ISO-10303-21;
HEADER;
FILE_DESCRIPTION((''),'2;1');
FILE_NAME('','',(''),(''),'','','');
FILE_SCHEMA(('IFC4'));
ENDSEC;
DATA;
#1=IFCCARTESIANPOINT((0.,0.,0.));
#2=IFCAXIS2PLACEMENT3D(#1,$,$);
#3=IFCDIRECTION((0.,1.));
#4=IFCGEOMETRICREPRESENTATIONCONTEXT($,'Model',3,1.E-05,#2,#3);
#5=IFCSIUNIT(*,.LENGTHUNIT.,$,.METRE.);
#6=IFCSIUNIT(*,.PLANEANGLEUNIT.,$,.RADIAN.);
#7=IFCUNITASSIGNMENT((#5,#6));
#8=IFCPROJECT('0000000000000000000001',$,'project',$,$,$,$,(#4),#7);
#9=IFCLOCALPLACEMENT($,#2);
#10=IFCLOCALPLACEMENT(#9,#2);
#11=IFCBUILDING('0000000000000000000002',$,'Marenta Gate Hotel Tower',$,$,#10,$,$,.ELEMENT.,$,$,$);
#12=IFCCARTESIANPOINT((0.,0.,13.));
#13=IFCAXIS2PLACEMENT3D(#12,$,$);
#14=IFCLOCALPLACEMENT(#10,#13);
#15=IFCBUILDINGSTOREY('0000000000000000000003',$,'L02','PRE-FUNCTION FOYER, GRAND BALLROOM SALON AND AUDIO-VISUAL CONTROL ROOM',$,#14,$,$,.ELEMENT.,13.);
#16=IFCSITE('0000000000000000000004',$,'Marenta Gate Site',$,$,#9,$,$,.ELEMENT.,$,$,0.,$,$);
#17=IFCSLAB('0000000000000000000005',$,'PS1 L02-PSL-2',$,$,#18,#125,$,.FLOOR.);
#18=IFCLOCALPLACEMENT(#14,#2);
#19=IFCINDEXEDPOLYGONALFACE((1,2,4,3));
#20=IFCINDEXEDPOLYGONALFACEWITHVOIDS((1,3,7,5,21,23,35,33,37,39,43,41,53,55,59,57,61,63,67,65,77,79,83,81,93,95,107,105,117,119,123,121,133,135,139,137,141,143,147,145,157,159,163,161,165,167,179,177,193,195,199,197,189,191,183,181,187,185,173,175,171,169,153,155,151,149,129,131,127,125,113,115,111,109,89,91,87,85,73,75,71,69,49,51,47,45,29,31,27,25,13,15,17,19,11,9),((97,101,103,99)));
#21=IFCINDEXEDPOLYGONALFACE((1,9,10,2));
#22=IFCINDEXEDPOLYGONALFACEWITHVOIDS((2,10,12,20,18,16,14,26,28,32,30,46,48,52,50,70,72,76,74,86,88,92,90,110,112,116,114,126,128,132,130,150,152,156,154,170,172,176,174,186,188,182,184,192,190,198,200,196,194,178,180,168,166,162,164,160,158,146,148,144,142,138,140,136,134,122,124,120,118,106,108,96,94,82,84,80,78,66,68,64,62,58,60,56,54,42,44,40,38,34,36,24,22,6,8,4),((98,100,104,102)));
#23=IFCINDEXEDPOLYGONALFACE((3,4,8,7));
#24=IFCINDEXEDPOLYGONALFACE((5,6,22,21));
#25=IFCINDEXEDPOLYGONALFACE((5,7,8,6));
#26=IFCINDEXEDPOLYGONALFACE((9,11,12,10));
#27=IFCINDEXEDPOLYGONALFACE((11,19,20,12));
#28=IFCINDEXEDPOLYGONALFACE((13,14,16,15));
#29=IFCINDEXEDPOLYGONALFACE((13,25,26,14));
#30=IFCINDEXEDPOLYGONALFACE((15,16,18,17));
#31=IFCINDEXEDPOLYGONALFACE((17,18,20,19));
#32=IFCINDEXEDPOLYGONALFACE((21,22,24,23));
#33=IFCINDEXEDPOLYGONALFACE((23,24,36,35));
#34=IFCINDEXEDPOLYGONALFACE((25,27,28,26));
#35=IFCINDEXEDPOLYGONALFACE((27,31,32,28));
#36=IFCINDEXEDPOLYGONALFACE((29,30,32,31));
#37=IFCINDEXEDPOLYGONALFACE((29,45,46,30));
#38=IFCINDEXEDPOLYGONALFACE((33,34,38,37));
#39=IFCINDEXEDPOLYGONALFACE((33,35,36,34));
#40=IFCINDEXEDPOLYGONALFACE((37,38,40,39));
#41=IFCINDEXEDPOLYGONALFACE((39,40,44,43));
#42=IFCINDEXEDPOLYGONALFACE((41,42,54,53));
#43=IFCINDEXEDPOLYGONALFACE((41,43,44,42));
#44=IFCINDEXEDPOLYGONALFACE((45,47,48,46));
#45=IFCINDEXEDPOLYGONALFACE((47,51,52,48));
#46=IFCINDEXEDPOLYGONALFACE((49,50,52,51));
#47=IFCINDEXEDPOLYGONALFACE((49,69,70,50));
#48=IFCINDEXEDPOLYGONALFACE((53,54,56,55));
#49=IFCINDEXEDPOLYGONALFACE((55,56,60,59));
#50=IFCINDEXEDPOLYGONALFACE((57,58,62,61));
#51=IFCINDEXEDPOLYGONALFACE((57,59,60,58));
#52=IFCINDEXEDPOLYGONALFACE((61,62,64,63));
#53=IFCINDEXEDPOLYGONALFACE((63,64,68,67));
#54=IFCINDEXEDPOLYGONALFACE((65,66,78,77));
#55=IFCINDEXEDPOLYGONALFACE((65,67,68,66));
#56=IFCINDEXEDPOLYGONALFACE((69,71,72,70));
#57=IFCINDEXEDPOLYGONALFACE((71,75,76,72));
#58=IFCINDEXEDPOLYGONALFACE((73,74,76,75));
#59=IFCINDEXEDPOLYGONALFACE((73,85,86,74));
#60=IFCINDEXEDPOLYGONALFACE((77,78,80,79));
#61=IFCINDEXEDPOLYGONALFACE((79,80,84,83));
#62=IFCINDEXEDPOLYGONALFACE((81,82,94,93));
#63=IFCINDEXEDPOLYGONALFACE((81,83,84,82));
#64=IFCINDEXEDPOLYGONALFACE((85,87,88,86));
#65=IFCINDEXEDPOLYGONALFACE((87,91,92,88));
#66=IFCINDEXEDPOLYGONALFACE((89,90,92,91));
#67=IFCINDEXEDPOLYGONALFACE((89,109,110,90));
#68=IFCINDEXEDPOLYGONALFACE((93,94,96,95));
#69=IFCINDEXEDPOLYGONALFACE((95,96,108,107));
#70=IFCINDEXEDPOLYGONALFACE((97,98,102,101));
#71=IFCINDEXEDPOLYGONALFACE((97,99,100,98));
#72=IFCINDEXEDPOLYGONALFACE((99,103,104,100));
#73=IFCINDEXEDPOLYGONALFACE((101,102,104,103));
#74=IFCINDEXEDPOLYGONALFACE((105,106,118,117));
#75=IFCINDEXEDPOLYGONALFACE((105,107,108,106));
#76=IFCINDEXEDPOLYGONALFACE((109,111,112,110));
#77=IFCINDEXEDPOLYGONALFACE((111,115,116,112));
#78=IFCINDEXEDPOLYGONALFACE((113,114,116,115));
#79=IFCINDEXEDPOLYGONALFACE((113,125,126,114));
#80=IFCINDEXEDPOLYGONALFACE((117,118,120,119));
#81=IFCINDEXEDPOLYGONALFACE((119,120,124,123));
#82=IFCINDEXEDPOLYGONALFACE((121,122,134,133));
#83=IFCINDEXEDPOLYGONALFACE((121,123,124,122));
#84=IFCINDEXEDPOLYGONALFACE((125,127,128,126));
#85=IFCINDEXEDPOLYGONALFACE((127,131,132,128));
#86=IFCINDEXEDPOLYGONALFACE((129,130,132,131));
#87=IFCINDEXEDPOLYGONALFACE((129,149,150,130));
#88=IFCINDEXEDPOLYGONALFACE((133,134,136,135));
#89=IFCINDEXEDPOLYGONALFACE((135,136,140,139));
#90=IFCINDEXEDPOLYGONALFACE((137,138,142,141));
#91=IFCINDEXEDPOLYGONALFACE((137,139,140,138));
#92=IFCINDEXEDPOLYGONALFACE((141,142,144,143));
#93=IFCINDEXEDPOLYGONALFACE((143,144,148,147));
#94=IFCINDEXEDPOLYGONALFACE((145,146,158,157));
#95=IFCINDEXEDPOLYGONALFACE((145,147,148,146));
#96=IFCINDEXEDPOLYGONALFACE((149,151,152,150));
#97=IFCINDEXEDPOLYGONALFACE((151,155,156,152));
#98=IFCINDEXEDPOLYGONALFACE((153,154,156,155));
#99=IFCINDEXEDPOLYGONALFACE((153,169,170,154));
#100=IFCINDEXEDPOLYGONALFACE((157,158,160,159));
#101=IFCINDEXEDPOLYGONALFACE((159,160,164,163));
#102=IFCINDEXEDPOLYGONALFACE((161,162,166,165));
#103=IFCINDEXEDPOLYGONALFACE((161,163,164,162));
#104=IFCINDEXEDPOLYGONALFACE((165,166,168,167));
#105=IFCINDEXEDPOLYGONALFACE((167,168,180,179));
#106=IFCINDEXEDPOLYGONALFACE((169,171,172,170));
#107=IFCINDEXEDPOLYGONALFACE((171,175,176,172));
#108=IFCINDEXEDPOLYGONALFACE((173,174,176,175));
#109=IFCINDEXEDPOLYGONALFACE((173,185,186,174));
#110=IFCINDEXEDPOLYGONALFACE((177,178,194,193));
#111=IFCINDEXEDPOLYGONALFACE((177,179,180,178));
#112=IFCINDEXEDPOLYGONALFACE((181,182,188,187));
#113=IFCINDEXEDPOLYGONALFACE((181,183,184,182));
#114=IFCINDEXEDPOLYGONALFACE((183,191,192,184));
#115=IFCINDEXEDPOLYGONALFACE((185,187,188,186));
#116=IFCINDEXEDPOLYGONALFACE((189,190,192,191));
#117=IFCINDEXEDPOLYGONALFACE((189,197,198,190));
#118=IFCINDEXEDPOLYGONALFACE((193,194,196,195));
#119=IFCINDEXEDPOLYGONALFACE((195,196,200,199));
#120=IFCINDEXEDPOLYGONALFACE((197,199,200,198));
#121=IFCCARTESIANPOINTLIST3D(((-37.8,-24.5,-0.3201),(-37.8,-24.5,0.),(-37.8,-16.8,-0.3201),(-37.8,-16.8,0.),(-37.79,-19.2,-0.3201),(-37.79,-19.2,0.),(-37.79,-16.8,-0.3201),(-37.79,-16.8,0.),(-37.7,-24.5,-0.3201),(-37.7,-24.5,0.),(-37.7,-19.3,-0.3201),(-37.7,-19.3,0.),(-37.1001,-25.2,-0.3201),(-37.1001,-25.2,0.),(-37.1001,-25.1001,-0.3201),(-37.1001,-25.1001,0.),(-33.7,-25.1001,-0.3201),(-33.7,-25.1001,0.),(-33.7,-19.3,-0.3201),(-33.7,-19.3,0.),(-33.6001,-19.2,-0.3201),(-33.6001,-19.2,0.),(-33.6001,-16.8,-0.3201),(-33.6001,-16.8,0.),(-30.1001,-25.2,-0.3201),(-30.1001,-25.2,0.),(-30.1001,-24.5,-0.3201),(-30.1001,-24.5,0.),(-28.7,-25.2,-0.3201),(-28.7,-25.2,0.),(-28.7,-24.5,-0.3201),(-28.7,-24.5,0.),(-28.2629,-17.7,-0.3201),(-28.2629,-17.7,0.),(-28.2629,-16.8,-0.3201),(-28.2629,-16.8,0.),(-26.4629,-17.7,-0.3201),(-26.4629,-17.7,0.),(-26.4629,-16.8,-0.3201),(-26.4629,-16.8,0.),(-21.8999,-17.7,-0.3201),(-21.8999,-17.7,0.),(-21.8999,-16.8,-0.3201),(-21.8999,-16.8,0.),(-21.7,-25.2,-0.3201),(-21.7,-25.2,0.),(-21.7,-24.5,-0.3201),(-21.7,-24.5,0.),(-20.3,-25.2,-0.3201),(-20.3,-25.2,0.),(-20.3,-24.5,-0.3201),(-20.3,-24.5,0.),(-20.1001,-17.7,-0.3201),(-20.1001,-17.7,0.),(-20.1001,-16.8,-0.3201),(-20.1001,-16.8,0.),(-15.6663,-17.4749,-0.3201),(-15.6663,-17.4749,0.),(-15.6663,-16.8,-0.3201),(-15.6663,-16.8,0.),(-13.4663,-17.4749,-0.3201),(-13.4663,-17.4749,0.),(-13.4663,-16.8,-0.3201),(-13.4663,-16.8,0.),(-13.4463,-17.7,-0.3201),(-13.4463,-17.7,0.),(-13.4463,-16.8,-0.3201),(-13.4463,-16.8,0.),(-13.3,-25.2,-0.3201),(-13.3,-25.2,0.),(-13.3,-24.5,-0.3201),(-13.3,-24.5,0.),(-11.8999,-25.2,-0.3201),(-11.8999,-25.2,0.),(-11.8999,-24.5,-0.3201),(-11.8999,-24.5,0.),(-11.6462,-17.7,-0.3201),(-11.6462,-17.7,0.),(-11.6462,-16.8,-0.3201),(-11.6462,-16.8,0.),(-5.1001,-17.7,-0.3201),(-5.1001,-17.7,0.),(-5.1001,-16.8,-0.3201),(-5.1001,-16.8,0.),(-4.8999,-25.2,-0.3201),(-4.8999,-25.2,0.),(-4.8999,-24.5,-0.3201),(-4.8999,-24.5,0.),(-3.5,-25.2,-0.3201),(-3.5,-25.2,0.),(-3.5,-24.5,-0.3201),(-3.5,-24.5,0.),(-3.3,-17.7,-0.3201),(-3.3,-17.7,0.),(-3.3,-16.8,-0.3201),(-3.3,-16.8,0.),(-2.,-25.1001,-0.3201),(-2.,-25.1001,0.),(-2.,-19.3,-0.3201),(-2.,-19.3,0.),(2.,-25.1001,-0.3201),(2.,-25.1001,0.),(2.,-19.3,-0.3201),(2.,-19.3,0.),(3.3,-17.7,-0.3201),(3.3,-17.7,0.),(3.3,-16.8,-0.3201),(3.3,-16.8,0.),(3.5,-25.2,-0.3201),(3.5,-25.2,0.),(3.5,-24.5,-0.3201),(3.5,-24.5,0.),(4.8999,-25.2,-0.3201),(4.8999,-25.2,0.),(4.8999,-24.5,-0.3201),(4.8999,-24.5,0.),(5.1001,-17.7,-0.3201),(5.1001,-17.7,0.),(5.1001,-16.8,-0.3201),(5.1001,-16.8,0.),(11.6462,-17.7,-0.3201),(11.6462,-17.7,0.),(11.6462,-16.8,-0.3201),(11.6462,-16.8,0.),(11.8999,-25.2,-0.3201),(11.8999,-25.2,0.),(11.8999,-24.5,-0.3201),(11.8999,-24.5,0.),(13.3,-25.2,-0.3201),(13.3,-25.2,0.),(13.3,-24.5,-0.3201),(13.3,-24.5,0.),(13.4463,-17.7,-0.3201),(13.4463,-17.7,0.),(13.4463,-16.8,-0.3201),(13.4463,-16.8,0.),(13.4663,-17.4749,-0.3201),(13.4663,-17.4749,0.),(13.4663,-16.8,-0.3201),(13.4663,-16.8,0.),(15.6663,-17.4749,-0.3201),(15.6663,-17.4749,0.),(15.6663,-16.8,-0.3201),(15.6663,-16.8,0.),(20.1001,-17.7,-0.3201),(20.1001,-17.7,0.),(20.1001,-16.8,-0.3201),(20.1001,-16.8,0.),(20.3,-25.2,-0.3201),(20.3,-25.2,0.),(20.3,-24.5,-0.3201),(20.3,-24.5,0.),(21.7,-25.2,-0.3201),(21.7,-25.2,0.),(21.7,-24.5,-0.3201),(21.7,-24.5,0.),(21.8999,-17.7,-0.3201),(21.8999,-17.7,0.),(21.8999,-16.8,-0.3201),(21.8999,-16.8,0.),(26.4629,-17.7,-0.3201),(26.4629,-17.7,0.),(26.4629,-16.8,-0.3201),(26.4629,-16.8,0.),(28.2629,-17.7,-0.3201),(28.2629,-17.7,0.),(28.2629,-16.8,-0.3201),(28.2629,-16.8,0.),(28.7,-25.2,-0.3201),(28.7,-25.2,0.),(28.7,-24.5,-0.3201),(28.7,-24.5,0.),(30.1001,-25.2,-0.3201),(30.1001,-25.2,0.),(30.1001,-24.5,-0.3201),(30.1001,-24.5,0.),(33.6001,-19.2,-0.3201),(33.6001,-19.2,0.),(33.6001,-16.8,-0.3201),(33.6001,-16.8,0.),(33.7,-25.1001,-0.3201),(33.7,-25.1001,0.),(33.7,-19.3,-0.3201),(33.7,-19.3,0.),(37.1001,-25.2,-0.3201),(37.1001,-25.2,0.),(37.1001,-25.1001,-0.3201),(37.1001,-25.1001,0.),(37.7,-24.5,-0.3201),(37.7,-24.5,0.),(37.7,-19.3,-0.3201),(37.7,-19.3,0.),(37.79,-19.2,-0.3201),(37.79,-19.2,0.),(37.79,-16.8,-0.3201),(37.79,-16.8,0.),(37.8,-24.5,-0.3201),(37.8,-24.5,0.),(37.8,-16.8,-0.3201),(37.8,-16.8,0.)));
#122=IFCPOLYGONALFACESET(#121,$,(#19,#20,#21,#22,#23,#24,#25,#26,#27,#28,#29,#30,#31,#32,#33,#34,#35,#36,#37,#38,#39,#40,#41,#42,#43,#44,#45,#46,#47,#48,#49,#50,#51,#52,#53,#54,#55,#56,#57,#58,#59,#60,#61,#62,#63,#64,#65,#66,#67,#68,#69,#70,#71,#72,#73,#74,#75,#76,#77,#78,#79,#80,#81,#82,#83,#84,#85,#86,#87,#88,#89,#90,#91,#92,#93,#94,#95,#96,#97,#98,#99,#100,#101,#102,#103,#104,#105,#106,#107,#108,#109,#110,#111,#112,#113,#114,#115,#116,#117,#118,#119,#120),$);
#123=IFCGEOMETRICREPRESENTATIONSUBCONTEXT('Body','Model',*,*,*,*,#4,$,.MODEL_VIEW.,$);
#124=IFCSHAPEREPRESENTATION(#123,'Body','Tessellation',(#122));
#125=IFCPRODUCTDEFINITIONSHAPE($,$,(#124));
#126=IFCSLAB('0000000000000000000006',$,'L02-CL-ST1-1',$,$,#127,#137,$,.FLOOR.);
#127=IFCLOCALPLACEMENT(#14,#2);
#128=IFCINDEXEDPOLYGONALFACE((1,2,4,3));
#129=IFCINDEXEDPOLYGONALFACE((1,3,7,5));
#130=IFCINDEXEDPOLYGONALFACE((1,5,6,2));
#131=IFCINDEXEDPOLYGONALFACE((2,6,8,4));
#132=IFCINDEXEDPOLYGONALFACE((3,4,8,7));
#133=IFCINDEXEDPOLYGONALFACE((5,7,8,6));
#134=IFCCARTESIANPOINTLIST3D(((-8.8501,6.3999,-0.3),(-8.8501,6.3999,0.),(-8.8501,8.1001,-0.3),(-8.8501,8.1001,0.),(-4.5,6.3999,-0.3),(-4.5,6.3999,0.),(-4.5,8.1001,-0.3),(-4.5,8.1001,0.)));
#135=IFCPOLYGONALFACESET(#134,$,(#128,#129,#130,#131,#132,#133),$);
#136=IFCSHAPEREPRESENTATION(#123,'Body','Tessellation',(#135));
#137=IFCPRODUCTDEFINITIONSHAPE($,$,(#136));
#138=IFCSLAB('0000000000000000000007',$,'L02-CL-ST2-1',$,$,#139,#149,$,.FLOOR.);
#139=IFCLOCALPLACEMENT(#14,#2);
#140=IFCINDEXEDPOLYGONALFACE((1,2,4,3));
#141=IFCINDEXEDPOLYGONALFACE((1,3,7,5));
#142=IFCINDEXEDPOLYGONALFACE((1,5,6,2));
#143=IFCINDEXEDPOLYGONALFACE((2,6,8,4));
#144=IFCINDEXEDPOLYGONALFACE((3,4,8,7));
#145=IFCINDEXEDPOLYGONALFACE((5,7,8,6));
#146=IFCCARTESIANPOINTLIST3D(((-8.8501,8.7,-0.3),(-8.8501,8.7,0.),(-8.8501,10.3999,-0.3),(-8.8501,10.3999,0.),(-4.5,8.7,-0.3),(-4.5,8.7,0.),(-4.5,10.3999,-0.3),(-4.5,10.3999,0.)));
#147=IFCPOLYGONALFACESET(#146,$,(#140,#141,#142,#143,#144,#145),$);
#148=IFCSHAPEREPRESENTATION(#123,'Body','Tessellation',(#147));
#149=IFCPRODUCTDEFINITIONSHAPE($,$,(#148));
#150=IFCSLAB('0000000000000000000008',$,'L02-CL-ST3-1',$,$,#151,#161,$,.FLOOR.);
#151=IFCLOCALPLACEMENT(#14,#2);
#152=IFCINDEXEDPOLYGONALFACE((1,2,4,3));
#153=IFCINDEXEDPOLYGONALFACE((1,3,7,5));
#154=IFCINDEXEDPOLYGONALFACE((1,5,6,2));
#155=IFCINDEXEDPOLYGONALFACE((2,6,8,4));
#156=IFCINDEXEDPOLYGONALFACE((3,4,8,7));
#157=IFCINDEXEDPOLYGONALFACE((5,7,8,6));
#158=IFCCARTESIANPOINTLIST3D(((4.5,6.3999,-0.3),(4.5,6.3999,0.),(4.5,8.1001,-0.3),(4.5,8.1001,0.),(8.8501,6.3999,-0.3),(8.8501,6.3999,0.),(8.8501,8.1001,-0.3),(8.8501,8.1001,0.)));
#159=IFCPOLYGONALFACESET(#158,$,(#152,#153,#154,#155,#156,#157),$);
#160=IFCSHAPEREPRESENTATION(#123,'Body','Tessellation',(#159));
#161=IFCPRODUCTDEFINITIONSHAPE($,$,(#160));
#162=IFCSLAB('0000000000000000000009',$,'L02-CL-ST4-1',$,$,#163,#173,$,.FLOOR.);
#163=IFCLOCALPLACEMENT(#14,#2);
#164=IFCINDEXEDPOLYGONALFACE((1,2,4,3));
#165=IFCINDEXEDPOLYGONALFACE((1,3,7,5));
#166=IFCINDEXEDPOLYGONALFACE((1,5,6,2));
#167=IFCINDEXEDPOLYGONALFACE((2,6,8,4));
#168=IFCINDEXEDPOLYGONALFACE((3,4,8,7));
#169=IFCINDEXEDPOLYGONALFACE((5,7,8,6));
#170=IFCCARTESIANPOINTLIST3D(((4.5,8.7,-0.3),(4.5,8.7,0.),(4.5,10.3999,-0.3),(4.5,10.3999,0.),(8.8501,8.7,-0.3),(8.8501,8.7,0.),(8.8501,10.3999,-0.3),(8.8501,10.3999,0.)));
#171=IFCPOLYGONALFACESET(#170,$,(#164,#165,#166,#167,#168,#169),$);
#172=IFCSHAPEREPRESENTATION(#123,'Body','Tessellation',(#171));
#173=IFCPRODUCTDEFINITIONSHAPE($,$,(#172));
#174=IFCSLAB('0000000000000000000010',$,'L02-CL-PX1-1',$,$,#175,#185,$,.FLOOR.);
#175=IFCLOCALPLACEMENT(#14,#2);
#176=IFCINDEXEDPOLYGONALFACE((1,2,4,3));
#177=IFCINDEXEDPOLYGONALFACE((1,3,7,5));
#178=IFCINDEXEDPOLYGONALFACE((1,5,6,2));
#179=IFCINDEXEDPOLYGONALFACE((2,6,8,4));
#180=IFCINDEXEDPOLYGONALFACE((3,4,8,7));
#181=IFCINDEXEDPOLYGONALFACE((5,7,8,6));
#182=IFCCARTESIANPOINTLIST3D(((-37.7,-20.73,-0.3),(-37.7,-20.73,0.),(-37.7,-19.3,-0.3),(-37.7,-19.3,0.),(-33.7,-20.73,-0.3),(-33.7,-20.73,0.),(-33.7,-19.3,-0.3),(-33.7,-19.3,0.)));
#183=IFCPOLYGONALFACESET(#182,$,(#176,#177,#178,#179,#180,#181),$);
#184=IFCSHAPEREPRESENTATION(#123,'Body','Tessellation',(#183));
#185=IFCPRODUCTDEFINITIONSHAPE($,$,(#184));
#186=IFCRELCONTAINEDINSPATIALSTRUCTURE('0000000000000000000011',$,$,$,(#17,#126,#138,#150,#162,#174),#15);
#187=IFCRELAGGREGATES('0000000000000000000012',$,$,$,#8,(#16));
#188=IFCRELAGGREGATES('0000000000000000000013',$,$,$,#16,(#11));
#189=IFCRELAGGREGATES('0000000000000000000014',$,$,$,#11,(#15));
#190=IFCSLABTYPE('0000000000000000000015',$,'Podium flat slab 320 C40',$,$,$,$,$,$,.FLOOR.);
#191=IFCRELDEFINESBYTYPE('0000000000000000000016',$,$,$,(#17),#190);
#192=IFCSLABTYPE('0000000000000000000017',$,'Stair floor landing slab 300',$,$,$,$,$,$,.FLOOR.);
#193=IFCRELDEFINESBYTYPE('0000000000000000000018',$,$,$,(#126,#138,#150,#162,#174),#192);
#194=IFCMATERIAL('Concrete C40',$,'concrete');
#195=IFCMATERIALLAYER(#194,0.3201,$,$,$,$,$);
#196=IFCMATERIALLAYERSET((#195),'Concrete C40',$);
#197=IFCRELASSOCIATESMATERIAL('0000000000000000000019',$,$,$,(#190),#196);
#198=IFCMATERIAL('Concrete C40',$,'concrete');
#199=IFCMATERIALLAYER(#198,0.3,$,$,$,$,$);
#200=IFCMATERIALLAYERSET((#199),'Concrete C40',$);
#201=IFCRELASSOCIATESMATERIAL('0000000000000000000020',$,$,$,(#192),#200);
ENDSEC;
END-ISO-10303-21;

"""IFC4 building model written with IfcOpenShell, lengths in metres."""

from ifc_helpers import new_model, si_unit, direction, frame, origin, place, context, subcontext, project, spatial, polyline, outline, extrude, material, layer, layer_set, type_object, element, save


model = new_model("IFC4")

# Units and contexts
model_context = context("Model", 3, precision=1e-05, world=origin(), true_north=direction((0.0, 1.0)))
body_context = subcontext(model_context, "Body", "Model", "MODEL_VIEW")
ifc_project = project(units=[si_unit("LENGTHUNIT", "METRE"), si_unit("PLANEANGLEUNIT", "RADIAN")], contexts=[model_context])

# Site, building, storey
site_placement = place(None, origin())
site = spatial("IfcSite", under=ifc_project, at=site_placement, Name="Marenta Gate Site", CompositionType="ELEMENT", RefElevation=0.0)
building_placement = place(site_placement, origin())
building = spatial("IfcBuilding", under=site, at=building_placement, Name="Marenta Gate Hotel Tower", CompositionType="ELEMENT")
storey_placement = place(building_placement, frame((0.0, 0.0, 13.0)))
storey = spatial("IfcBuildingStorey", under=building, at=storey_placement, Name="L02", Description="PRE-FUNCTION FOYER, GRAND BALLROOM SALON AND AUDIO-VISUAL CONTROL ROOM", CompositionType="ELEMENT", Elevation=13.0)

# Slabs
ifc_material_1 = material(Name="Concrete C40", Category="concrete")
ifc_layer_1 = layer(ifc_material_1, 0.3201)
ifc_layer_set_1 = layer_set([ifc_layer_1], Name="Concrete C40")
slab_type_1 = type_object("IfcSlabType", Name="Podium flat slab 320 C40", PredefinedType="FLOOR", material=ifc_layer_set_1)
slab_1_placement = place(storey_placement, frame((0.0, 0.0, -0.3201)))
element("IfcSlab", 1, at=slab_1_placement, inside=storey, type_object=slab_type_1, Name="PS1 L02-PSL-2", PredefinedType="FLOOR", context=body_context, shape_type="SweptSolid", body=[
    extrude(outline(polyline([(37.8, -24.5), (37.8, -16.8), (37.79, -16.8), (37.79, -19.2), (33.6001, -19.2), (33.6001, -16.8), (28.2629, -16.8), (28.2629, -17.7), (26.4629, -17.7), (26.4629, -16.8), (21.8999, -16.8), (21.8999, -17.7), (20.1001, -17.7), (20.1001, -16.8), (15.6663, -16.8), (15.6663, -17.4749), (13.4663, -17.4749), (13.4663, -16.8), (13.4463, -16.8), (13.4463, -17.7), (11.6462, -17.7), (11.6462, -16.8), (5.1001, -16.8), (5.1001, -17.7), (3.3, -17.7), (3.3, -16.8), (-3.3, -16.8), (-3.3, -17.7), (-5.1001, -17.7), (-5.1001, -16.8), (-11.6462, -16.8), (-11.6462, -17.7), (-13.4463, -17.7), (-13.4463, -16.8), (-13.4663, -16.8), (-13.4663, -17.4749), (-15.6663, -17.4749), (-15.6663, -16.8), (-20.1001, -16.8), (-20.1001, -17.7), (-21.8999, -17.7), (-21.8999, -16.8), (-26.4629, -16.8), (-26.4629, -17.7), (-28.2629, -17.7), (-28.2629, -16.8), (-33.6001, -16.8), (-33.6001, -19.2), (-37.79, -19.2), (-37.79, -16.8), (-37.8, -16.8), (-37.8, -24.5), (-37.7, -24.5), (-37.7, -19.3), (-33.7, -19.3), (-33.7, -25.1001), (-37.1001, -25.1001), (-37.1001, -25.2), (-30.1001, -25.2), (-30.1001, -24.5), (-28.7, -24.5), (-28.7, -25.2), (-21.7, -25.2), (-21.7, -24.5), (-20.3, -24.5), (-20.3, -25.2), (-13.3, -25.2), (-13.3, -24.5), (-11.8999, -24.5), (-11.8999, -25.2), (-4.8999, -25.2), (-4.8999, -24.5), (-3.5, -24.5), (-3.5, -25.2), (3.5, -25.2), (3.5, -24.5), (4.8999, -24.5), (4.8999, -25.2), (11.8999, -25.2), (11.8999, -24.5), (13.3, -24.5), (13.3, -25.2), (20.3, -25.2), (20.3, -24.5), (21.7, -24.5), (21.7, -25.2), (28.7, -25.2), (28.7, -24.5), (30.1001, -24.5), (30.1001, -25.2), (37.1001, -25.2), (37.1001, -25.1001), (33.7, -25.1001), (33.7, -19.3), (37.7, -19.3), (37.7, -24.5), (37.8, -24.5)]), holes=[polyline([(-2.0, -25.1001), (-2.0, -19.3), (2.0, -19.3), (2.0, -25.1001), (-2.0, -25.1001)])]), origin(), (0.0, 0.0, 1.0), 0.3201),
])
ifc_material_2 = material(Name="Concrete C40", Category="concrete")
ifc_layer_2 = layer(ifc_material_2, 0.3)
ifc_layer_set_2 = layer_set([ifc_layer_2], Name="Concrete C40")
slab_type_2 = type_object("IfcSlabType", Name="Stair floor landing slab 300", PredefinedType="FLOOR", material=ifc_layer_set_2)
slab_2_placement = place(storey_placement, frame((0.0, 0.0, -0.3)))
element("IfcSlab", 2, at=slab_2_placement, inside=storey, type_object=slab_type_2, Name="L02-CL-ST1-1", PredefinedType="FLOOR", context=body_context, shape_type="SweptSolid", body=[
    extrude(outline(polyline([(-4.5, 6.3999), (-8.8501, 6.3999), (-8.8501, 8.1001), (-4.5, 8.1001), (-4.5, 6.3999)])), origin(), (0.0, 0.0, 1.0), 0.3),
])
slab_3_placement = place(storey_placement, frame((0.0, 0.0, -0.3)))
element("IfcSlab", 3, at=slab_3_placement, inside=storey, type_object=slab_type_2, Name="L02-CL-ST2-1", PredefinedType="FLOOR", context=body_context, shape_type="SweptSolid", body=[
    extrude(outline(polyline([(-4.5, 8.7), (-8.8501, 8.7), (-8.8501, 10.3999), (-4.5, 10.3999), (-4.5, 8.7)])), origin(), (0.0, 0.0, 1.0), 0.3),
])
slab_4_placement = place(storey_placement, frame((0.0, 0.0, -0.3)))
element("IfcSlab", 4, at=slab_4_placement, inside=storey, type_object=slab_type_2, Name="L02-CL-ST3-1", PredefinedType="FLOOR", context=body_context, shape_type="SweptSolid", body=[
    extrude(outline(polyline([(4.5, 6.3999), (4.5, 8.1001), (8.8501, 8.1001), (8.8501, 6.3999), (4.5, 6.3999)])), origin(), (0.0, 0.0, 1.0), 0.3),
])
slab_5_placement = place(storey_placement, frame((0.0, 0.0, -0.3)))
element("IfcSlab", 5, at=slab_5_placement, inside=storey, type_object=slab_type_2, Name="L02-CL-ST4-1", PredefinedType="FLOOR", context=body_context, shape_type="SweptSolid", body=[
    extrude(outline(polyline([(4.5, 8.7), (4.5, 10.3999), (8.8501, 10.3999), (8.8501, 8.7), (4.5, 8.7)])), origin(), (0.0, 0.0, 1.0), 0.3),
])
slab_6_placement = place(storey_placement, frame((0.0, 0.0, -0.3)))
element("IfcSlab", 6, at=slab_6_placement, inside=storey, type_object=slab_type_2, Name="L02-CL-PX1-1", PredefinedType="FLOOR", context=body_context, shape_type="SweptSolid", body=[
    extrude(outline(polyline([(-33.7, -20.73), (-37.7, -20.73), (-37.7, -19.3), (-33.7, -19.3), (-33.7, -20.73)])), origin(), (0.0, 0.0, 1.0), 0.3),
])

save(model, "model.ifc")
